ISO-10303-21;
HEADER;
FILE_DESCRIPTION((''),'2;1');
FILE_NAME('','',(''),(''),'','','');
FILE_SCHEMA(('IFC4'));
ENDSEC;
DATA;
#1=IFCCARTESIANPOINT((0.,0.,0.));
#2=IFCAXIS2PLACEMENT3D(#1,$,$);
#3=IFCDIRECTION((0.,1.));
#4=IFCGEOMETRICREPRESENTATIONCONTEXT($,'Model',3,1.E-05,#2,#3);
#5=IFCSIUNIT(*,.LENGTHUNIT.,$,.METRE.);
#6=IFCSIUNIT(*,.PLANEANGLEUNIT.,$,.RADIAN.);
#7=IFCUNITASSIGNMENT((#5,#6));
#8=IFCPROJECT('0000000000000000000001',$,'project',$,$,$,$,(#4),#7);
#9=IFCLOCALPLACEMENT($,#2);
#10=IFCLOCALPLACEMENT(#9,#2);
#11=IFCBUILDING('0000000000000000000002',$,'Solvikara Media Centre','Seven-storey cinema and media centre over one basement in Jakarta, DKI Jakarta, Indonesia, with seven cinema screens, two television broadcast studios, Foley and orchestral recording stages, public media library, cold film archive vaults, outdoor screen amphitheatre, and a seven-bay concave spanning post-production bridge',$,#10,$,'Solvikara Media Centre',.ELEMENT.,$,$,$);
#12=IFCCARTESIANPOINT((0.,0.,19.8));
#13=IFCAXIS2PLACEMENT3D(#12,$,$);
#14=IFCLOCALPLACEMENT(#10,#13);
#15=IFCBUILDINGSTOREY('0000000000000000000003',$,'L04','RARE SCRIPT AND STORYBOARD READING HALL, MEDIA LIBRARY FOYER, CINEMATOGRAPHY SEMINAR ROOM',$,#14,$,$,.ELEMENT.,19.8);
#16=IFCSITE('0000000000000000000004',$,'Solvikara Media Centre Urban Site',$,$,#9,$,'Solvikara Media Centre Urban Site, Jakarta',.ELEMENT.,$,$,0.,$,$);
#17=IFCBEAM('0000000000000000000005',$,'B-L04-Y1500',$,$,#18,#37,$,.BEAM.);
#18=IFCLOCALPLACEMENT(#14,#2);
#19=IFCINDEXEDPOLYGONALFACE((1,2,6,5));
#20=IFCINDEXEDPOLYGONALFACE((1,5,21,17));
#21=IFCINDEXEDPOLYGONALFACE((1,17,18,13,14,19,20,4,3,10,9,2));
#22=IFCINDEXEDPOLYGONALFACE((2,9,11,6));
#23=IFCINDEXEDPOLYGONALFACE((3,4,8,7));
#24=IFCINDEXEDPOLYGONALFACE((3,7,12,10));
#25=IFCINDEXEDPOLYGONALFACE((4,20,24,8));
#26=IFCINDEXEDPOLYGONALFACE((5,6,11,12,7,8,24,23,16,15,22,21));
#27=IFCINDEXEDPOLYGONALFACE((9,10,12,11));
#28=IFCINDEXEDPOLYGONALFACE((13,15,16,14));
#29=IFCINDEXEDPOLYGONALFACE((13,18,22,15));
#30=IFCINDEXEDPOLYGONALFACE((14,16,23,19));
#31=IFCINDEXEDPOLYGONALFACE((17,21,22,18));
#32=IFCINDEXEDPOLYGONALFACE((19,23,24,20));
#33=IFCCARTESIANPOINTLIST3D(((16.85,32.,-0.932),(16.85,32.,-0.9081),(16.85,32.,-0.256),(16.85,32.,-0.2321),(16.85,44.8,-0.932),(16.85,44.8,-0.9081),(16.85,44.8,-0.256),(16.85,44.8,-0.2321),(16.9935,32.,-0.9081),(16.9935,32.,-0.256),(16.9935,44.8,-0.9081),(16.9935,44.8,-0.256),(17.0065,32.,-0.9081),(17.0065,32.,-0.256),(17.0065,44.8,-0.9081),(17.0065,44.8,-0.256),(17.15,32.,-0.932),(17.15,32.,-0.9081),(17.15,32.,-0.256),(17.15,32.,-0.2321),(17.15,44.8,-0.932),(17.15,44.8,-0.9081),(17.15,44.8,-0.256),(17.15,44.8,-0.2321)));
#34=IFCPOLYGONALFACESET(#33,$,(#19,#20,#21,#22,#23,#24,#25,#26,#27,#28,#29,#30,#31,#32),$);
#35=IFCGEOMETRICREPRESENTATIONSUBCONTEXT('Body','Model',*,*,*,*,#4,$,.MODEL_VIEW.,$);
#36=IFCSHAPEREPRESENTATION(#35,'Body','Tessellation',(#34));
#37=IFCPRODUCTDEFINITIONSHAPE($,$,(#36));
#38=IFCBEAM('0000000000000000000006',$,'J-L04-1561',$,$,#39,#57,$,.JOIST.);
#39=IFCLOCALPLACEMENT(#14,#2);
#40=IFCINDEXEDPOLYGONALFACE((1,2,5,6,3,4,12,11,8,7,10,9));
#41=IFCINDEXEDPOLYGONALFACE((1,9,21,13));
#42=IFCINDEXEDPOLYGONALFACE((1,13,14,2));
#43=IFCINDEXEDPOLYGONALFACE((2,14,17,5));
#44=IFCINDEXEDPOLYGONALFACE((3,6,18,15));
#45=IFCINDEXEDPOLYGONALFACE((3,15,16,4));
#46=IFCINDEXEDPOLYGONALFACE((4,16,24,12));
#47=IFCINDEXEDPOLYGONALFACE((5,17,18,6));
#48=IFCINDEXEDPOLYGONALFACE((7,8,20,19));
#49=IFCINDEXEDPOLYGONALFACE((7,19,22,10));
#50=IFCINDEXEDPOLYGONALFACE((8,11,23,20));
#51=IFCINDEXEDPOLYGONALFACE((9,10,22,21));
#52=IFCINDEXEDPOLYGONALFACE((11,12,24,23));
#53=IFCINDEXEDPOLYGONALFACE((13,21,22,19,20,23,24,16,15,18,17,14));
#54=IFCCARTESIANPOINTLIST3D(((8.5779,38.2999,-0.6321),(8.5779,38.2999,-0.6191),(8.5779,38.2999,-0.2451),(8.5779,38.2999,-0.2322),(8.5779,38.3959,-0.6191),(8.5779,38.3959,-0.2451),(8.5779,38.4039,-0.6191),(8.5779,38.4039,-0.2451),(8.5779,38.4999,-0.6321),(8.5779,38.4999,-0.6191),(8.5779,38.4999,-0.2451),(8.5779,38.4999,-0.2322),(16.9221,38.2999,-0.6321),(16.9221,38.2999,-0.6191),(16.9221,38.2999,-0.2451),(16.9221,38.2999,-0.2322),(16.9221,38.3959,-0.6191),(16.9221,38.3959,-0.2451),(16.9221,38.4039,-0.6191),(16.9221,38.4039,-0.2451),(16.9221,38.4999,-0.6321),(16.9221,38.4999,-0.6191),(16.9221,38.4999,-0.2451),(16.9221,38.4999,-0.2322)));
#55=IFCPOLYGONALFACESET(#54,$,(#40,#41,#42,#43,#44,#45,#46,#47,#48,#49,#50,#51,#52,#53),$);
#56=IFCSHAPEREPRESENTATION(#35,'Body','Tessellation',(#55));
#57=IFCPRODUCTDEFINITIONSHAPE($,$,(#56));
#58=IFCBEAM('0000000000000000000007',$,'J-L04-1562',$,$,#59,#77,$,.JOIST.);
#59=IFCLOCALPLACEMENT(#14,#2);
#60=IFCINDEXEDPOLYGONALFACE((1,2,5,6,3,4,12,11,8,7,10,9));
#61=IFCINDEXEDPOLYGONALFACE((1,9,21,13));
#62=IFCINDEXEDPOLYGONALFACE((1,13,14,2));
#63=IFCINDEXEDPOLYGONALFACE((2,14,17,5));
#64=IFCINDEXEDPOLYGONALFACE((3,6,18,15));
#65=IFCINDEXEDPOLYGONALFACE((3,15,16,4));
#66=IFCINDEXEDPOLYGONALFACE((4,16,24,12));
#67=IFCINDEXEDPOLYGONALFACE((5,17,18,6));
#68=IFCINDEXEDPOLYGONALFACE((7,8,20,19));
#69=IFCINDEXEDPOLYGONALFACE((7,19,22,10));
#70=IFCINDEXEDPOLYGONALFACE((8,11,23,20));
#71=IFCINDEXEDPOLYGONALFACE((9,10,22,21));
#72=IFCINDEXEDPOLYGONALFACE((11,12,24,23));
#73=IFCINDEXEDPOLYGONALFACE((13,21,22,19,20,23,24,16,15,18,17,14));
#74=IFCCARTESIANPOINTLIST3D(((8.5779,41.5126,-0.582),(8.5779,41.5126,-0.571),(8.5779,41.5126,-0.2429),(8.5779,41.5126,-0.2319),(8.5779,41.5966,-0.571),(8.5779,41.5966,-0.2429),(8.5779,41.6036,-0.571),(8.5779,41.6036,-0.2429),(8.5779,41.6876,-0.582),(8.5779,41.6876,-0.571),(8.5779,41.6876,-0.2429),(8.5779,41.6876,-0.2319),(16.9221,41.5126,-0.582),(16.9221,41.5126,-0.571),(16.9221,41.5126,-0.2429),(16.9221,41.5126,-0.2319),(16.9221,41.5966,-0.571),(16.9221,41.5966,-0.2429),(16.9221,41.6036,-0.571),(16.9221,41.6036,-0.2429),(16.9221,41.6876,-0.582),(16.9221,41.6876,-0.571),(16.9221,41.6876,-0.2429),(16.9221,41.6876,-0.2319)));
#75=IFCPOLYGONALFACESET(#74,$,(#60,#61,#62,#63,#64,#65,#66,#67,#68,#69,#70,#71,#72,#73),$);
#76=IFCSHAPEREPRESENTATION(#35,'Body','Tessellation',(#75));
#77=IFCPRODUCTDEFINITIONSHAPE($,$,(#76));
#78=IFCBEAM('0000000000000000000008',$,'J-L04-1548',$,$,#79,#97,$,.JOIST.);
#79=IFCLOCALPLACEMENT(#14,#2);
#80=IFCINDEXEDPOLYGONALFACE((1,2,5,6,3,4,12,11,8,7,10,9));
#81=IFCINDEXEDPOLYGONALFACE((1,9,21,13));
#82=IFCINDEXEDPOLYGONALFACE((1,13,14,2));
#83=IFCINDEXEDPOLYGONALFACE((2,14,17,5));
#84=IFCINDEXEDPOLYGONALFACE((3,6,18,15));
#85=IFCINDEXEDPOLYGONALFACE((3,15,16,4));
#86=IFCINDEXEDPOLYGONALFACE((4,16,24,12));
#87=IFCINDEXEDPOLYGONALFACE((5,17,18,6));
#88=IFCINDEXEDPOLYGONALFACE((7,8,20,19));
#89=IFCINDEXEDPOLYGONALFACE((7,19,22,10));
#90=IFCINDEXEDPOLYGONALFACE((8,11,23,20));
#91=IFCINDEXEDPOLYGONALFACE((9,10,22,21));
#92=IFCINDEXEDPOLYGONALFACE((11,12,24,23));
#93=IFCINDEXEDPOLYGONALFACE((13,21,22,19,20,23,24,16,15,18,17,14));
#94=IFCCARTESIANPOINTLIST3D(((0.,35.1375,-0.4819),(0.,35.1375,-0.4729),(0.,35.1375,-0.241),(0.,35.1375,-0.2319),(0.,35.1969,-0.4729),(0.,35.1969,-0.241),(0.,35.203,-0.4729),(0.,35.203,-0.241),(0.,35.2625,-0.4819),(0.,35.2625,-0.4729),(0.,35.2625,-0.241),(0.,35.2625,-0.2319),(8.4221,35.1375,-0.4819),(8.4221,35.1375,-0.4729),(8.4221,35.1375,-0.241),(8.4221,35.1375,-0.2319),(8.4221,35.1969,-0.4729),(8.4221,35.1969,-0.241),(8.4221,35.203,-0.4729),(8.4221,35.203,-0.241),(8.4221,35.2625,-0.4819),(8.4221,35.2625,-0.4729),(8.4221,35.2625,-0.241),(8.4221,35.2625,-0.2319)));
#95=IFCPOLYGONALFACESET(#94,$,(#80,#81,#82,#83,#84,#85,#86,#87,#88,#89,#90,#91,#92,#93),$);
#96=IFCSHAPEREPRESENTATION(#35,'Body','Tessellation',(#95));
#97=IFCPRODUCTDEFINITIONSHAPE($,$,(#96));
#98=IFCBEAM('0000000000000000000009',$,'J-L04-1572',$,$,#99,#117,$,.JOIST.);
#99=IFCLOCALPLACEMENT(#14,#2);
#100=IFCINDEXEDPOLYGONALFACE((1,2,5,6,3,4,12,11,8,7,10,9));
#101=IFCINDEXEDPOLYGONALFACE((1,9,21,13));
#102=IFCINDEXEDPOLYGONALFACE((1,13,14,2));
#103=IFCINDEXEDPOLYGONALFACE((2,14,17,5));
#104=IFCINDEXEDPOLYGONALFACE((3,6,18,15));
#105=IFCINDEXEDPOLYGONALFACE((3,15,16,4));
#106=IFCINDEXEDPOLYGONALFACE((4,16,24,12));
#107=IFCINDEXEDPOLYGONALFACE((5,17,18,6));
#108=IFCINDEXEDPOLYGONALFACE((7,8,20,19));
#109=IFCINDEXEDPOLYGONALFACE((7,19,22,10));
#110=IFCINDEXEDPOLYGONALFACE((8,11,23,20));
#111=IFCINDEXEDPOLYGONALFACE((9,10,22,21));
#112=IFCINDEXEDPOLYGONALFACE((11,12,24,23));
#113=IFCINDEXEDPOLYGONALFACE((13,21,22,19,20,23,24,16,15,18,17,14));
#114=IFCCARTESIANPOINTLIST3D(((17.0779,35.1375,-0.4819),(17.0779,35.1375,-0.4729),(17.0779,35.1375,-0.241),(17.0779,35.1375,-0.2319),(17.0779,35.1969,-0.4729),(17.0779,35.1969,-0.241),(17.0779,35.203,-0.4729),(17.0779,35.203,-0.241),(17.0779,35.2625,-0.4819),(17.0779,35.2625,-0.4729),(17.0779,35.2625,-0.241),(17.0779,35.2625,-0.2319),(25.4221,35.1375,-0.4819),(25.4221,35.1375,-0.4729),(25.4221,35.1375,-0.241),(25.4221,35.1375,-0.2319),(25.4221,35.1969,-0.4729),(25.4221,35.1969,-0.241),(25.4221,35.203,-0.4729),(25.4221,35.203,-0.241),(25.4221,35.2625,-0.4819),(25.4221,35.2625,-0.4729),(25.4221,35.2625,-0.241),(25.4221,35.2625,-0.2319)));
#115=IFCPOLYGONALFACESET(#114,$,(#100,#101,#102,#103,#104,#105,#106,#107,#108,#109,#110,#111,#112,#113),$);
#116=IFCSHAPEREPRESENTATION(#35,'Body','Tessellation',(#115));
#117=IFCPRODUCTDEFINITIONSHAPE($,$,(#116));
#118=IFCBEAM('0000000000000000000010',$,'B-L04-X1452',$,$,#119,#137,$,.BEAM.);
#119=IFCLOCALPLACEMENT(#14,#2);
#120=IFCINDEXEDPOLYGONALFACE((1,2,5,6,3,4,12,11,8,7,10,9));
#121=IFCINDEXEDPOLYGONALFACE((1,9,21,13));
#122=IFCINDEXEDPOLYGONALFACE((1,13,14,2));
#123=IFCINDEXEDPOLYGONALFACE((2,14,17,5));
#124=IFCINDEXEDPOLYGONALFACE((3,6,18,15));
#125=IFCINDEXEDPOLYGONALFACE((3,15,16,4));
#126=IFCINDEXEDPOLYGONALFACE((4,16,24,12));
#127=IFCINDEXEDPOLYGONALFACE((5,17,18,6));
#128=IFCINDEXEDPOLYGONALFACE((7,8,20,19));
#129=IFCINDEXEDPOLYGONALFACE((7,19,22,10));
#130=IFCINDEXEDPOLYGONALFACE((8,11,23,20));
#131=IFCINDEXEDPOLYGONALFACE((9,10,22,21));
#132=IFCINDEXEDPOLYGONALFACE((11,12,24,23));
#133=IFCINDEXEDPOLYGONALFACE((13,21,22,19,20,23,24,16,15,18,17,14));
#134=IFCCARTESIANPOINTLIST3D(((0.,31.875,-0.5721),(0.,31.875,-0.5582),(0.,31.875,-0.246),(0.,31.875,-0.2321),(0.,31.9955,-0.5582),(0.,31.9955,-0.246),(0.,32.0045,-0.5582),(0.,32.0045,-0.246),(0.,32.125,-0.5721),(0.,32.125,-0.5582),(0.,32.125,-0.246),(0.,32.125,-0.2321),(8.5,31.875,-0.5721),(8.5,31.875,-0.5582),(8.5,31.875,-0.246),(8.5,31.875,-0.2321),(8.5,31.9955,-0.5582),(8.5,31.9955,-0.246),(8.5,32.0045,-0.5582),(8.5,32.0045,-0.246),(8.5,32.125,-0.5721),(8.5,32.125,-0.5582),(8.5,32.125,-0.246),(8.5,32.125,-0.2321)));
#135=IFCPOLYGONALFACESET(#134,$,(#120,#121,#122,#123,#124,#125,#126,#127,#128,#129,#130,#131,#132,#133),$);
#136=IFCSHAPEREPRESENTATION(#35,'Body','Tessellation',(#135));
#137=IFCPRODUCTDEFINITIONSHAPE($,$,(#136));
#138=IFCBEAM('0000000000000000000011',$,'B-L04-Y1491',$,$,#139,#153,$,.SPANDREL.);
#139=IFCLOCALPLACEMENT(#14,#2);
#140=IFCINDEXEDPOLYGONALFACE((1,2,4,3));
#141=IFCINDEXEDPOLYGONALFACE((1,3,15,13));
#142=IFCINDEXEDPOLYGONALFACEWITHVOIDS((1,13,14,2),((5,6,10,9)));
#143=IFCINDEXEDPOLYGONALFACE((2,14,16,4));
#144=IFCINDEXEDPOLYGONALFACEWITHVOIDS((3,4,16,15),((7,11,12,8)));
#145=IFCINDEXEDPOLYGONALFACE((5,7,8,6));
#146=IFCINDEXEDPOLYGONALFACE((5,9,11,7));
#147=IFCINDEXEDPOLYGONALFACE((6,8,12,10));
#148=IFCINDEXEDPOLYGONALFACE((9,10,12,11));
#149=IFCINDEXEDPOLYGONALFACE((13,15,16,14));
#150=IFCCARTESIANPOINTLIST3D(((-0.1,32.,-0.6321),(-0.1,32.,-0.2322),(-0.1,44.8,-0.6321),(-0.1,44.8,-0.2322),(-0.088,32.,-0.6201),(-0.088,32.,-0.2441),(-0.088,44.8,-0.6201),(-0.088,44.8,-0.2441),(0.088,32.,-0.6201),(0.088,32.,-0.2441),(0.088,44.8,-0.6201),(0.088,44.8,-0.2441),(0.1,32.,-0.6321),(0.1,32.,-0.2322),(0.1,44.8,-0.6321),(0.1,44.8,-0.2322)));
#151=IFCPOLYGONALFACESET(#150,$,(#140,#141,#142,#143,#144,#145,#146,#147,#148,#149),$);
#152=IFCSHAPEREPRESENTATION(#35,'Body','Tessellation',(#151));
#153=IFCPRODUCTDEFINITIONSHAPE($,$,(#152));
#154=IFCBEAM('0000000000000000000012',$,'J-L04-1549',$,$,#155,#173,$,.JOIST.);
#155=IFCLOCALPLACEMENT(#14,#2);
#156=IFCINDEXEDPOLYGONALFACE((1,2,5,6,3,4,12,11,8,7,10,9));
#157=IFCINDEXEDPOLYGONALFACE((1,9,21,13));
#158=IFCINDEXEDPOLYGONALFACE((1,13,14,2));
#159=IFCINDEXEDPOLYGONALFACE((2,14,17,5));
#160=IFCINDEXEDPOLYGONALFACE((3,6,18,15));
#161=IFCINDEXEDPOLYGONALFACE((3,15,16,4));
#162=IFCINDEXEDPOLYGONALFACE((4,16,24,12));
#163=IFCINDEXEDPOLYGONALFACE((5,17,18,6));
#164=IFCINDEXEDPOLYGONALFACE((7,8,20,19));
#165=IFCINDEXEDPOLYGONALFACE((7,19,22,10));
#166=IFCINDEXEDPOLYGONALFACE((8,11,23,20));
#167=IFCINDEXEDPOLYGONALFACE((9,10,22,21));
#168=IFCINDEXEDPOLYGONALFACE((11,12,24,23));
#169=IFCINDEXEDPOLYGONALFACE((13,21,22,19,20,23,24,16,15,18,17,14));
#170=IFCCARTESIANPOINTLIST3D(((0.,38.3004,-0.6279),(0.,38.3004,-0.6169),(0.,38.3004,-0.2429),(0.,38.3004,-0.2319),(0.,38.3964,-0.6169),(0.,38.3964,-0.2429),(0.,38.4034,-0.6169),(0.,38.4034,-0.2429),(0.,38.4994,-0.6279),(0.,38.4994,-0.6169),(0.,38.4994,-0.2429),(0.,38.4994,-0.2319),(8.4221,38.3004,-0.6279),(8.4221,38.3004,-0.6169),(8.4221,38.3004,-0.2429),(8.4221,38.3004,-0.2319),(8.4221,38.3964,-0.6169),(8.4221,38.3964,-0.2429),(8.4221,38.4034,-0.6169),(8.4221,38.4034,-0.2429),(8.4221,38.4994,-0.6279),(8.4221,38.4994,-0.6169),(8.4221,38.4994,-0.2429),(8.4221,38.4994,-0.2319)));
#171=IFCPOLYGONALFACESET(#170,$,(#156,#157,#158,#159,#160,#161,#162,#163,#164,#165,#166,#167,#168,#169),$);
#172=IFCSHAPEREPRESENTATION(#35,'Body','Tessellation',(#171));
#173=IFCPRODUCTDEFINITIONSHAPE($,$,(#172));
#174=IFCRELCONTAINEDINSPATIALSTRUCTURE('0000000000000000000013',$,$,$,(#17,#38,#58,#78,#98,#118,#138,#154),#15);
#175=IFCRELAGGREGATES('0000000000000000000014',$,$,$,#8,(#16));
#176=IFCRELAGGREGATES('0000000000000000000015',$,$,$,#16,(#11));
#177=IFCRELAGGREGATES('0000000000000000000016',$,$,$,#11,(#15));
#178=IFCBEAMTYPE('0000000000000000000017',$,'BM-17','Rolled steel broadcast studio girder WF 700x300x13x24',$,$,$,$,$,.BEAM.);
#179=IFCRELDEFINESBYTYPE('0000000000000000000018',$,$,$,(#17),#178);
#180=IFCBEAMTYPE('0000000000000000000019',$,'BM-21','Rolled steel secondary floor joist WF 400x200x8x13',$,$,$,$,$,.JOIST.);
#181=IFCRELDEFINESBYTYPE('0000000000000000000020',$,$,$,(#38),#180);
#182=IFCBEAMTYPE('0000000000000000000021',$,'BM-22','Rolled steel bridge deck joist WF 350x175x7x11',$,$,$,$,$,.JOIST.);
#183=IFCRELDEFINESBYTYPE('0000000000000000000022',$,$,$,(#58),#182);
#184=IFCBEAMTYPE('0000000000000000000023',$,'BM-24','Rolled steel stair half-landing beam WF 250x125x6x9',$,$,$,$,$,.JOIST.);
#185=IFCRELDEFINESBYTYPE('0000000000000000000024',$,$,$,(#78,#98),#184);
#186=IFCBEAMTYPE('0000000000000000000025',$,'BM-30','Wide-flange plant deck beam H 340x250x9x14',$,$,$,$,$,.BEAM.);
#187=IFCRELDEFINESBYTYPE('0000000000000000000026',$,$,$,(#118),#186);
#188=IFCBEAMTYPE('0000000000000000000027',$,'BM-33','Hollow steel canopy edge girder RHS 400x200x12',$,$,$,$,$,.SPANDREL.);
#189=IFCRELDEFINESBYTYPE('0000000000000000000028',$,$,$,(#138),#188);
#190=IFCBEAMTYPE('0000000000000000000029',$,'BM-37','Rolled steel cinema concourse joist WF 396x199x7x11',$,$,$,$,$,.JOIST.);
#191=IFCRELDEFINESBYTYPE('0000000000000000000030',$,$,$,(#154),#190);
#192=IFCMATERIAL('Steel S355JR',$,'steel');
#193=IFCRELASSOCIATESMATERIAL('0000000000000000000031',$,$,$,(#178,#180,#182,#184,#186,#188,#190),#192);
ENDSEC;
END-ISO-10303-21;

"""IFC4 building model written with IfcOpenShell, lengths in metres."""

from ifc_helpers import new_model, si_unit, direction, frame, origin, origin_2d, place, context, subcontext, project, spatial, hollow_rectangle, i_section, extrude, material, material_profile, profile_set, type_object, element, save


model = new_model("IFC4")

# Units and contexts
model_context = context("Model", 3, precision=1e-05, world=origin(), true_north=direction((0.0, 1.0)))
body_context = subcontext(model_context, "Body", "Model", "MODEL_VIEW")
ifc_project = project(units=[si_unit("LENGTHUNIT", "METRE"), si_unit("PLANEANGLEUNIT", "RADIAN")], contexts=[model_context])

# Site, building, storey
site_placement = place(None, origin())
site = spatial("IfcSite", under=ifc_project, at=site_placement, Name="Solvikara Media Centre Urban Site", LongName="Solvikara Media Centre Urban Site, Jakarta", CompositionType="ELEMENT", RefElevation=0.0)
building_placement = place(site_placement, origin())
building = spatial("IfcBuilding", under=site, at=building_placement, Name="Solvikara Media Centre", Description="Seven-storey cinema and media centre over one basement in Jakarta, DKI Jakarta, Indonesia, with seven cinema screens, two television broadcast studios, Foley and orchestral recording stages, public media library, cold film archive vaults, outdoor screen amphitheatre, and a seven-bay concave spanning post-production bridge", LongName="Solvikara Media Centre", CompositionType="ELEMENT")
storey_placement = place(building_placement, frame((0.0, 0.0, 19.8)))
storey = spatial("IfcBuildingStorey", under=building, at=storey_placement, Name="L04", Description="RARE SCRIPT AND STORYBOARD READING HALL, MEDIA LIBRARY FOYER, CINEMATOGRAPHY SEMINAR ROOM", CompositionType="ELEMENT", Elevation=19.8)

# Beams
ifc_material_1 = material(Name="Steel S355JR", Category="steel")
ifc_material_profile_1 = material_profile(ifc_material_1, i_section(OverallWidth=0.3, OverallDepth=0.7, WebThickness=0.0129, FlangeThickness=0.0239, at=origin_2d()), Name="WF 700x300x13x24")
ifc_profile_set_1 = profile_set([ifc_material_profile_1], Name="Steel S355JR")
beam_type_1 = type_object("IfcBeamType", Name="BM-17", Description="Rolled steel broadcast studio girder WF 700x300x13x24", PredefinedType="BEAM", material=ifc_profile_set_1)
beam_1_placement = place(storey_placement, frame((17.0, 32.0, -0.582), z_axis=(0.0, 1.0, 0.0), x_axis=(-1.0, 0.0, 0.0)))
element("IfcBeam", 1, at=beam_1_placement, inside=storey, type_object=beam_type_1, Name="B-L04-Y1500", PredefinedType="BEAM", context=body_context, shape_type="SweptSolid", body=[
    extrude(i_section(OverallWidth=0.3, OverallDepth=0.7, WebThickness=0.0129, FlangeThickness=0.0239, at=origin_2d()), origin(), (0.0, 0.0, 1.0), 12.8),
])
ifc_material_profile_2 = material_profile(ifc_material_1, i_section(OverallWidth=0.2, OverallDepth=0.3999, WebThickness=0.0081, FlangeThickness=0.0129, at=origin_2d()), Name="WF 400x200x8x13")
ifc_profile_set_2 = profile_set([ifc_material_profile_2], Name="Steel S355JR")
beam_type_2 = type_object("IfcBeamType", Name="BM-21", Description="Rolled steel secondary floor joist WF 400x200x8x13", PredefinedType="JOIST", material=ifc_profile_set_2)
beam_2_placement = place(storey_placement, frame((8.5779, 38.3999, -0.4321), z_axis=(1.0, 0.0, 0.0), x_axis=(0.0, 1.0, 0.0)))
element("IfcBeam", 2, at=beam_2_placement, inside=storey, type_object=beam_type_2, Name="J-L04-1561", PredefinedType="JOIST", context=body_context, shape_type="SweptSolid", body=[
    extrude(i_section(OverallWidth=0.2, OverallDepth=0.3999, WebThickness=0.0081, FlangeThickness=0.0129, at=origin_2d()), origin(), (0.0, 0.0, 1.0), 8.3442),
])
ifc_material_profile_3 = material_profile(ifc_material_1, i_section(OverallWidth=0.175, OverallDepth=0.3501, WebThickness=0.0071, FlangeThickness=0.011, at=origin_2d()), Name="WF 350x175x7x11")
ifc_profile_set_3 = profile_set([ifc_material_profile_3], Name="Steel S355JR")
beam_type_3 = type_object("IfcBeamType", Name="BM-22", Description="Rolled steel bridge deck joist WF 350x175x7x11", PredefinedType="JOIST", material=ifc_profile_set_3)
beam_3_placement = place(storey_placement, frame((8.5779, 41.6001, -0.407), z_axis=(1.0, 0.0, 0.0), x_axis=(0.0, 1.0, 0.0)))
element("IfcBeam", 3, at=beam_3_placement, inside=storey, type_object=beam_type_3, Name="J-L04-1562", PredefinedType="JOIST", context=body_context, shape_type="SweptSolid", body=[
    extrude(i_section(OverallWidth=0.175, OverallDepth=0.3501, WebThickness=0.0071, FlangeThickness=0.011, at=origin_2d()), origin(), (0.0, 0.0, 1.0), 8.3442),
])
ifc_material_profile_4 = material_profile(ifc_material_1, i_section(OverallWidth=0.125, OverallDepth=0.25, WebThickness=0.0061, FlangeThickness=0.009, at=origin_2d()), Name="WF 250x125x6x9")
ifc_profile_set_4 = profile_set([ifc_material_profile_4], Name="Steel S355JR")
beam_type_4 = type_object("IfcBeamType", Name="BM-24", Description="Rolled steel stair half-landing beam WF 250x125x6x9", PredefinedType="JOIST", material=ifc_profile_set_4)
beam_4_placement = place(storey_placement, frame((0.0, 35.2, -0.3569), z_axis=(1.0, 0.0, 0.0), x_axis=(0.0, 1.0, 0.0)))
element("IfcBeam", 4, at=beam_4_placement, inside=storey, type_object=beam_type_4, Name="J-L04-1548", PredefinedType="JOIST", context=body_context, shape_type="SweptSolid", body=[
    extrude(i_section(OverallWidth=0.125, OverallDepth=0.25, WebThickness=0.0061, FlangeThickness=0.009, at=origin_2d()), origin(), (0.0, 0.0, 1.0), 8.4221),
])
beam_5_placement = place(storey_placement, frame((17.0779, 35.2, -0.3569), z_axis=(1.0, 0.0, 0.0), x_axis=(0.0, 1.0, 0.0)))
element("IfcBeam", 5, at=beam_5_placement, inside=storey, type_object=beam_type_4, Name="J-L04-1572", PredefinedType="JOIST", context=body_context, shape_type="SweptSolid", body=[
    extrude(i_section(OverallWidth=0.125, OverallDepth=0.25, WebThickness=0.0061, FlangeThickness=0.009, at=origin_2d()), origin(), (0.0, 0.0, 1.0), 8.3442),
])
ifc_material_profile_5 = material_profile(ifc_material_1, i_section(OverallWidth=0.25, OverallDepth=0.3401, WebThickness=0.009, FlangeThickness=0.0139, at=origin_2d()), Name="H 340x250x9x14")
ifc_profile_set_5 = profile_set([ifc_material_profile_5], Name="Steel S355JR")
beam_type_5 = type_object("IfcBeamType", Name="BM-30", Description="Wide-flange plant deck beam H 340x250x9x14", PredefinedType="BEAM", material=ifc_profile_set_5)
beam_6_placement = place(storey_placement, frame((0.0, 32.0, -0.4021), z_axis=(1.0, 0.0, 0.0), x_axis=(0.0, 1.0, 0.0)))
element("IfcBeam", 6, at=beam_6_placement, inside=storey, type_object=beam_type_5, Name="B-L04-X1452", PredefinedType="BEAM", context=body_context, shape_type="SweptSolid", body=[
    extrude(i_section(OverallWidth=0.25, OverallDepth=0.3401, WebThickness=0.009, FlangeThickness=0.0139, at=origin_2d()), origin(), (0.0, 0.0, 1.0), 8.5),
])
ifc_material_profile_6 = material_profile(ifc_material_1, hollow_rectangle(XDim=0.2, YDim=0.3999, WallThickness=0.012, at=origin_2d()), Name="RHS 400x200x12")
ifc_profile_set_6 = profile_set([ifc_material_profile_6], Name="Steel S355JR")
beam_type_6 = type_object("IfcBeamType", Name="BM-33", Description="Hollow steel canopy edge girder RHS 400x200x12", PredefinedType="SPANDREL", material=ifc_profile_set_6)
beam_7_placement = place(storey_placement, frame((0.0, 32.0, -0.4321), z_axis=(0.0, 1.0, 0.0), x_axis=(-1.0, 0.0, 0.0)))
element("IfcBeam", 7, at=beam_7_placement, inside=storey, type_object=beam_type_6, Name="B-L04-Y1491", PredefinedType="SPANDREL", context=body_context, shape_type="SweptSolid", body=[
    extrude(hollow_rectangle(XDim=0.2, YDim=0.3999, WallThickness=0.012, at=origin_2d()), origin(), (0.0, 0.0, 1.0), 12.8),
])
ifc_material_profile_7 = material_profile(ifc_material_1, i_section(OverallWidth=0.199, OverallDepth=0.396, WebThickness=0.0071, FlangeThickness=0.011, at=origin_2d()), Name="WF 396x199x7x11")
ifc_profile_set_7 = profile_set([ifc_material_profile_7], Name="Steel S355JR")
beam_type_7 = type_object("IfcBeamType", Name="BM-37", Description="Rolled steel cinema concourse joist WF 396x199x7x11", PredefinedType="JOIST", material=ifc_profile_set_7)
beam_8_placement = place(storey_placement, frame((0.0, 38.3999, -0.4299), z_axis=(1.0, 0.0, 0.0), x_axis=(0.0, 1.0, 0.0)))
element("IfcBeam", 8, at=beam_8_placement, inside=storey, type_object=beam_type_7, Name="J-L04-1549", PredefinedType="JOIST", context=body_context, shape_type="SweptSolid", body=[
    extrude(i_section(OverallWidth=0.199, OverallDepth=0.396, WebThickness=0.0071, FlangeThickness=0.011, at=origin_2d()), origin(), (0.0, 0.0, 1.0), 8.4221),
])

save(model, "model.ifc")
